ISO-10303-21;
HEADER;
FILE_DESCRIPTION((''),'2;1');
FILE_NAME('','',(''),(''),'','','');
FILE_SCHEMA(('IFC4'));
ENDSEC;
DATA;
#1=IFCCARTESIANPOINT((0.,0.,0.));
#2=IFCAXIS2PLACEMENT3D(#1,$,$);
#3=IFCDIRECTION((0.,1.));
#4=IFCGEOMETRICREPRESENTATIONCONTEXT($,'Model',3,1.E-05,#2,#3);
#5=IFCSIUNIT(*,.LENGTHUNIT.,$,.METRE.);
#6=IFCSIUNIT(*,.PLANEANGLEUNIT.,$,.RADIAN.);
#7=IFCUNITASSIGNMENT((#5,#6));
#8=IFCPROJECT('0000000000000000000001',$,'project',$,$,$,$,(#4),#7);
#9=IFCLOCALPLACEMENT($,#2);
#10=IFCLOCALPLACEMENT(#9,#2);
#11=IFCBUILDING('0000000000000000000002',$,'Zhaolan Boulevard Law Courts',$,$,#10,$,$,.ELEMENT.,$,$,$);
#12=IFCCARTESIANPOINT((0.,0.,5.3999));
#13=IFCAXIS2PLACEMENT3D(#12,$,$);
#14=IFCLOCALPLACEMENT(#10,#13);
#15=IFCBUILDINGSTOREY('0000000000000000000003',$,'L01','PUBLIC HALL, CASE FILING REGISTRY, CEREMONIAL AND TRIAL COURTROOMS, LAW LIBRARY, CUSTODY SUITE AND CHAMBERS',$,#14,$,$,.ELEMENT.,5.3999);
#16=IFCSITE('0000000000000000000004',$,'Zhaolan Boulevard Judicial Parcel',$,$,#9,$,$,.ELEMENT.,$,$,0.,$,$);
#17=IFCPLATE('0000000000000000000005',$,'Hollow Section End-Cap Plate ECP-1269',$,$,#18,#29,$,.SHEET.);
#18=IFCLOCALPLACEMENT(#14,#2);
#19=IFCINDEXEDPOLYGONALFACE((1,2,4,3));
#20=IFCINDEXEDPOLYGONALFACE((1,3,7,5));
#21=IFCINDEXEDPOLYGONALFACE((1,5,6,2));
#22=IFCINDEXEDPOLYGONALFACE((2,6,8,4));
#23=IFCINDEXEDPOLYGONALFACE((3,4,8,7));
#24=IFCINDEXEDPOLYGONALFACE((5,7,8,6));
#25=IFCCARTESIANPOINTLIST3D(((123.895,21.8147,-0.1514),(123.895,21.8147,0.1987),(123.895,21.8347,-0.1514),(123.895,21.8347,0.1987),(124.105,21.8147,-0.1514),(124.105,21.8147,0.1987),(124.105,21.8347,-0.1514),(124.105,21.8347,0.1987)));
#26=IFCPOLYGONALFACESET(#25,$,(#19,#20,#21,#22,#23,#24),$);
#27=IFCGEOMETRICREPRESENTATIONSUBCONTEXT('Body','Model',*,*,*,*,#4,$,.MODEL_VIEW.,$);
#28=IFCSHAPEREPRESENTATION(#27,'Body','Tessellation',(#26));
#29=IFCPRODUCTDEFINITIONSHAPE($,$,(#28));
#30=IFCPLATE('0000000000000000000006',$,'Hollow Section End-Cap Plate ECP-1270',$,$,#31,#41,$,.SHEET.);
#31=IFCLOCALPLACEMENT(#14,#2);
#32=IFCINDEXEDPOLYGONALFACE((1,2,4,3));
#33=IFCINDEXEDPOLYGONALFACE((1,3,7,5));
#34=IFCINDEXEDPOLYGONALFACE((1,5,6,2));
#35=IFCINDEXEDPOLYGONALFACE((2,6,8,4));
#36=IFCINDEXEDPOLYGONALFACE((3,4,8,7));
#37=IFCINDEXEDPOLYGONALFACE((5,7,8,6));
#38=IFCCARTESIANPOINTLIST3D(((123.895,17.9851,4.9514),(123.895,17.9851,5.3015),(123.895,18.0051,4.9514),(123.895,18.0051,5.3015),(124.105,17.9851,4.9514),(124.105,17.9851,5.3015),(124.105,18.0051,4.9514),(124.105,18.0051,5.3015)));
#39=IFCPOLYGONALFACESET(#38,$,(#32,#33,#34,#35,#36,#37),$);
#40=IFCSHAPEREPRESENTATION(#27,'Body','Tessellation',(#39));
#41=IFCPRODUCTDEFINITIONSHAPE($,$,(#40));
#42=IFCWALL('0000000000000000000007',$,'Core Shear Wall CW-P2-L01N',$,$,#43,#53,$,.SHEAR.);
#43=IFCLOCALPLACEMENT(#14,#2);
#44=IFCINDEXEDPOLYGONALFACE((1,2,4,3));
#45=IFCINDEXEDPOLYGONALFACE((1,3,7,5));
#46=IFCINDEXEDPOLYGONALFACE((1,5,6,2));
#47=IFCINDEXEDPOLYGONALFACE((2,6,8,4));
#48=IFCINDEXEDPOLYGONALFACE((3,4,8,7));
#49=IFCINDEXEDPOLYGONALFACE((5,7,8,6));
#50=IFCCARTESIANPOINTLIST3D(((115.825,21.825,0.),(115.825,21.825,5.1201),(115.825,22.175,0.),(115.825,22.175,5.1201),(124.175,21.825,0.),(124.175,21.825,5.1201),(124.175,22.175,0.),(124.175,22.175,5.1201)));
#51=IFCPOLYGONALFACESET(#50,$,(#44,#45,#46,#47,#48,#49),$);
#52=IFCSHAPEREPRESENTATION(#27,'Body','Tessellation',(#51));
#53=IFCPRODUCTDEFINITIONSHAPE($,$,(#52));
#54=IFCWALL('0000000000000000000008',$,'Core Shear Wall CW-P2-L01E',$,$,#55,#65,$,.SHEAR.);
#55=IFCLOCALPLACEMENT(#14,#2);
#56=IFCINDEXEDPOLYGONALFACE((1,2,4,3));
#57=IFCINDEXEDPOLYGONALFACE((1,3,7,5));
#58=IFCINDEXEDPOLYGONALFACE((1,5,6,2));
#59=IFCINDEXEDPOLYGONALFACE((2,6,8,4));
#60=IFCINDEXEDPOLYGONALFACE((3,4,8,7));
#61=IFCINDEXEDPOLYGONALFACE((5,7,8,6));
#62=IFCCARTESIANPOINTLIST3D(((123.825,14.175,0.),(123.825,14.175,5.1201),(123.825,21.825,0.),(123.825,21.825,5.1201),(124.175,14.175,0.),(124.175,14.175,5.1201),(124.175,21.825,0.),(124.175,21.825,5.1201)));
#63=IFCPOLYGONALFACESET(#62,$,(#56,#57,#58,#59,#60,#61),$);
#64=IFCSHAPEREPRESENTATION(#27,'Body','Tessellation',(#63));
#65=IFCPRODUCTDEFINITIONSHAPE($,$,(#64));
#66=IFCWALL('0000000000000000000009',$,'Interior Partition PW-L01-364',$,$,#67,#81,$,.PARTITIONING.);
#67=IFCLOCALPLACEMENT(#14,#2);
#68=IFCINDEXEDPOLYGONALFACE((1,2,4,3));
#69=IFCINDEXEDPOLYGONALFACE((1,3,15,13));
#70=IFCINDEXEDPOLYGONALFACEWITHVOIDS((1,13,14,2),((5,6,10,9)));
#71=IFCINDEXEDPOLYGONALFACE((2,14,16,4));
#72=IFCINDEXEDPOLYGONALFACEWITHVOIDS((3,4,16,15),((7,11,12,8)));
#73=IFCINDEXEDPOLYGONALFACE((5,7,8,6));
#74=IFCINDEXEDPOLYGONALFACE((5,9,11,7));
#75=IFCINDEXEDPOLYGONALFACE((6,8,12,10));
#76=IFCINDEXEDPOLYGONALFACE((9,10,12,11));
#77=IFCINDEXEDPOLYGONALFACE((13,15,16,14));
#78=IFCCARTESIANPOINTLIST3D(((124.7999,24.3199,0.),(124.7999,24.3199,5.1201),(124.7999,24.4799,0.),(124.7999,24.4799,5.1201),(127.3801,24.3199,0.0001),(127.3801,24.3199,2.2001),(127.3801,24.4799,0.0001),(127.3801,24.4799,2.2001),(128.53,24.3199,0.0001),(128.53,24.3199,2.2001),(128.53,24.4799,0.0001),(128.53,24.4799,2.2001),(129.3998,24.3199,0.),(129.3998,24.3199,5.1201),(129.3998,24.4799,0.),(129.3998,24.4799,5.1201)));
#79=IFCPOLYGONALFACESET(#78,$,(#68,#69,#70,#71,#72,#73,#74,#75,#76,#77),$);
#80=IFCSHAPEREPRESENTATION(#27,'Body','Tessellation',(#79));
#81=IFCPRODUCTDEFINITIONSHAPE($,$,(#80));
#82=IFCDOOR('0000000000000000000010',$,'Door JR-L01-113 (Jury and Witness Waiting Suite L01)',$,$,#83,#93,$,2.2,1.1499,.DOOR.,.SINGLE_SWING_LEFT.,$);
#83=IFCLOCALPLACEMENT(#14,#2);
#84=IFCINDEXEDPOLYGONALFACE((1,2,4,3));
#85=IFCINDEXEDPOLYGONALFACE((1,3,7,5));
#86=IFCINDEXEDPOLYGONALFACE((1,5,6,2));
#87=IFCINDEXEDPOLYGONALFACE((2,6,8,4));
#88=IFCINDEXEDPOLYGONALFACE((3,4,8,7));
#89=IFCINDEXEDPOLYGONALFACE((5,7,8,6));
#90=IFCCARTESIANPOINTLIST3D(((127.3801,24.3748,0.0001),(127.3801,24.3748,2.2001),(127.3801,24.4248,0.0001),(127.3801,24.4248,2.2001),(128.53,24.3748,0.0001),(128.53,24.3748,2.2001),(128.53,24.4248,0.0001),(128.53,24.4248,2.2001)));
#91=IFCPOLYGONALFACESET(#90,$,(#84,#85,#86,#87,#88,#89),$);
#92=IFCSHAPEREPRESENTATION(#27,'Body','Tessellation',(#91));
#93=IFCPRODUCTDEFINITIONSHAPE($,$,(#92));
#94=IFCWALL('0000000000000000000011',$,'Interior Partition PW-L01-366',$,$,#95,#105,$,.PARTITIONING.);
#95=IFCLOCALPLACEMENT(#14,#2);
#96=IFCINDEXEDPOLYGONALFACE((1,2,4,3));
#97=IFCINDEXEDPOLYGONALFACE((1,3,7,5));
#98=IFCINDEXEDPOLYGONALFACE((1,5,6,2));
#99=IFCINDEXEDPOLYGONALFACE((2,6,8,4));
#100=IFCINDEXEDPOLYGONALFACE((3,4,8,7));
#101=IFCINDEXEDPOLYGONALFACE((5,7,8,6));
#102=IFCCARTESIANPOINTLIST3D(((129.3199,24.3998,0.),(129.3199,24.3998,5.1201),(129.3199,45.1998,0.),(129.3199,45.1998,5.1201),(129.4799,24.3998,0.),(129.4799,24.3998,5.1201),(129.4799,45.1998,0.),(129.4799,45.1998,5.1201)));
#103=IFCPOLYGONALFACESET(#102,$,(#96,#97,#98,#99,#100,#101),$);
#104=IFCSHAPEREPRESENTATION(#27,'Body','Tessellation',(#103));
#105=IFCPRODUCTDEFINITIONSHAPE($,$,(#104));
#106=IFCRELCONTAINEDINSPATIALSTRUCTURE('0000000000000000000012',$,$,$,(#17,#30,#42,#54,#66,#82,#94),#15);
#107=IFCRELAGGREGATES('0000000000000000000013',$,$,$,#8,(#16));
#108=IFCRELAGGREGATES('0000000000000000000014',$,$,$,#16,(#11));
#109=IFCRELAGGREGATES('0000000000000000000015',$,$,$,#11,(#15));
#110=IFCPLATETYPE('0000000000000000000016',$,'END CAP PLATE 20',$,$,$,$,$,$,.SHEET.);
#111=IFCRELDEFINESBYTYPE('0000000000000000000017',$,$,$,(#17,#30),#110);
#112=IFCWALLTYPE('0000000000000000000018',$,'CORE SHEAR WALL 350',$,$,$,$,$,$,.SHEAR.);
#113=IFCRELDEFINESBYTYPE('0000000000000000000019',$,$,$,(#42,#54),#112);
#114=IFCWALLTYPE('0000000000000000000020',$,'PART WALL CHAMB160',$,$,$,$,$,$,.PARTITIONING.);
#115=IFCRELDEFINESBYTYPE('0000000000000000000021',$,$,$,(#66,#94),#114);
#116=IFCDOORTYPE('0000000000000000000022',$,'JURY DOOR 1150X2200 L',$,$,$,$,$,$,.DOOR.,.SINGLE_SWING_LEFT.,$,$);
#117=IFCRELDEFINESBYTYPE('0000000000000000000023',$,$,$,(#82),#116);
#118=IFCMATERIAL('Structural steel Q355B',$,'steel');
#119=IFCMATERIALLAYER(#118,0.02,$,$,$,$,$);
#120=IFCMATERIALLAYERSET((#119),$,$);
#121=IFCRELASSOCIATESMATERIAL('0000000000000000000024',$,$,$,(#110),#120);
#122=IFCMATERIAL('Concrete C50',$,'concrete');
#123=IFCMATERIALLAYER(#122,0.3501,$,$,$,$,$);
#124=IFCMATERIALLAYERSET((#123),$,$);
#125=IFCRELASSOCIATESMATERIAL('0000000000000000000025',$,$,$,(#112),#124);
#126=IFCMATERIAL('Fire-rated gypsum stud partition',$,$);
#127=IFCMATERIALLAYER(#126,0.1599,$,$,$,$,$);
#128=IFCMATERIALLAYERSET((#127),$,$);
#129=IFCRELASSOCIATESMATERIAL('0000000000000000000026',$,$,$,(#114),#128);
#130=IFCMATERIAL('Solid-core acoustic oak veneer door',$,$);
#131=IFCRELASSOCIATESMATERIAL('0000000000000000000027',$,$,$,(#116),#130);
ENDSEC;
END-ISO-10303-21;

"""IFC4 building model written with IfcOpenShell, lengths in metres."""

from ifc_helpers import new_model, si_unit, direction, frame, frame_2d, origin, origin_2d, place, context, subcontext, project, spatial, rectangle, extrude, material, layer, layer_set, type_object, element, fill, save


model = new_model("IFC4")

# Units and contexts
model_context = context("Model", 3, precision=1e-05, world=origin(), true_north=direction((0.0, 1.0)))
body_context = subcontext(model_context, "Body", "Model", "MODEL_VIEW")
ifc_project = project(units=[si_unit("LENGTHUNIT", "METRE"), si_unit("PLANEANGLEUNIT", "RADIAN")], contexts=[model_context])

# Site, building, storey
site_placement = place(None, origin())
site = spatial("IfcSite", under=ifc_project, at=site_placement, Name="Zhaolan Boulevard Judicial Parcel", CompositionType="ELEMENT", RefElevation=0.0)
building_placement = place(site_placement, origin())
building = spatial("IfcBuilding", under=site, at=building_placement, Name="Zhaolan Boulevard Law Courts", CompositionType="ELEMENT")
storey_placement = place(building_placement, frame((0.0, 0.0, 5.3999)))
storey = spatial("IfcBuildingStorey", under=building, at=storey_placement, Name="L01", Description="PUBLIC HALL, CASE FILING REGISTRY, CEREMONIAL AND TRIAL COURTROOMS, LAW LIBRARY, CUSTODY SUITE AND CHAMBERS", CompositionType="ELEMENT", Elevation=5.3999)

# Plates
ifc_material_1 = material(Name="Structural steel Q355B", Category="steel")
ifc_layer_1 = layer(ifc_material_1, 0.02)
ifc_layer_set_1 = layer_set([ifc_layer_1])
plate_type_1 = type_object("IfcPlateType", Name="END CAP PLATE 20", PredefinedType="SHEET", material=ifc_layer_set_1)
for number, where, z_axis, x_axis, name in (
    (1, (124.0, 21.8247, -0.1514), (0.0, 0.0, 1.0), (0.0, -1.0, 0.0), "Hollow Section End-Cap Plate ECP-1269"),
    (2, (124.0, 17.9951, 4.9514), (0.0, 0.0, 1.0), (0.0, -1.0, 0.0), "Hollow Section End-Cap Plate ECP-1270"),
):
    element("IfcPlate", number, at=place(storey_placement, frame(where, z_axis=z_axis, x_axis=x_axis)), inside=storey, type_object=plate_type_1, Name=name, PredefinedType="SHEET", context=body_context, shape_type="SweptSolid", body=[
        extrude(rectangle(XDim=0.02, YDim=0.21, at=origin_2d()), origin(), (0.0, 0.0, 1.0), 0.3501),
    ])

# Walls
ifc_material_2 = material(Name="Concrete C50", Category="concrete")
ifc_layer_2 = layer(ifc_material_2, 0.3501)
ifc_layer_set_2 = layer_set([ifc_layer_2])
wall_type_1 = type_object("IfcWallType", Name="CORE SHEAR WALL 350", PredefinedType="SHEAR", material=ifc_layer_set_2)
wall_1_placement = place(storey_placement, frame((124.175, 22.0, 0.0), z_axis=(0.0, 0.0, 1.0), x_axis=(-1.0, 0.0, 0.0)))
element("IfcWall", 3, at=wall_1_placement, inside=storey, type_object=wall_type_1, Name="Core Shear Wall CW-P2-L01N", PredefinedType="SHEAR", context=body_context, shape_type="SweptSolid", body=[
    extrude(rectangle(XDim=8.3501, YDim=0.3501, at=frame_2d((4.175, 0.0))), origin(), (0.0, 0.0, 1.0), 5.1201),
])
wall_2_placement = place(storey_placement, frame((124.0, 14.175, 0.0), z_axis=(0.0, 0.0, 1.0), x_axis=(0.0, 1.0, 0.0)))
element("IfcWall", 4, at=wall_2_placement, inside=storey, type_object=wall_type_1, Name="Core Shear Wall CW-P2-L01E", PredefinedType="SHEAR", context=body_context, shape_type="SweptSolid", body=[
    extrude(rectangle(XDim=7.6499, YDim=0.3501, at=frame_2d((3.825, 0.0))), origin(), (0.0, 0.0, 1.0), 5.1201),
])

# Wall, opening, door
ifc_material_3 = material(Name="Fire-rated gypsum stud partition")
ifc_layer_3 = layer(ifc_material_3, 0.1599)
ifc_layer_set_3 = layer_set([ifc_layer_3])
wall_type_2 = type_object("IfcWallType", Name="PART WALL CHAMB160", PredefinedType="PARTITIONING", material=ifc_layer_set_3)
wall_3_placement = place(storey_placement, frame((124.8, 24.3999, 0.0), z_axis=(0.0, 0.0, 1.0), x_axis=(1.0, 0.0, 0.0)))
wall_3 = element("IfcWall", 5, at=wall_3_placement, inside=storey, type_object=wall_type_2, Name="Interior Partition PW-L01-364", PredefinedType="PARTITIONING", context=body_context, shape_type="SweptSolid", body=[
    extrude(rectangle(XDim=4.5999, YDim=0.1599, at=frame_2d((2.2998, 0.0))), origin(), (0.0, 0.0, 1.0), 5.1201),
])
opening_placement = place(wall_3_placement, frame((2.5801, 0.0, 0.0)))
opening = element("IfcOpeningElement", 6, at=opening_placement, cuts=wall_3, PredefinedType="OPENING", context=body_context, shape_type="SweptSolid", body=[
    extrude(rectangle(XDim=1.1499, YDim=2.2, at=frame_2d((0.575, 1.1001))), frame((0.0, 0.0898, 0.0), z_axis=(0.0, -1.0, 0.0), x_axis=(1.0, 0.0, 0.0)), (0.0, 0.0, 1.0), 0.1799),
])
ifc_material_4 = material(Name="Solid-core acoustic oak veneer door")
door_type = type_object("IfcDoorType", Name="JURY DOOR 1150X2200 L", OperationType="SINGLE_SWING_LEFT", PredefinedType="DOOR", material=ifc_material_4)
door_placement = place(opening_placement, origin())
door = element("IfcDoor", 7, at=door_placement, inside=storey, type_object=door_type, Name="Door JR-L01-113 (Jury and Witness Waiting Suite L01)", OperationType="SINGLE_SWING_LEFT", OverallHeight=2.2, OverallWidth=1.1499, PredefinedType="DOOR", context=body_context, shape_type="SweptSolid", body=[
    extrude(rectangle(XDim=1.1499, YDim=2.2, at=frame_2d((0.575, 1.1001))), frame((0.0, 0.0249, 0.0), z_axis=(0.0, -1.0, 0.0), x_axis=(1.0, 0.0, 0.0)), (0.0, 0.0, 1.0), 0.05),
])
fill(opening, door)

# Wall
wall_4_placement = place(storey_placement, frame((129.3999, 24.3999, 0.0), z_axis=(0.0, 0.0, 1.0), x_axis=(0.0, 1.0, 0.0)))
element("IfcWall", 8, at=wall_4_placement, inside=storey, type_object=wall_type_2, Name="Interior Partition PW-L01-366", PredefinedType="PARTITIONING", context=body_context, shape_type="SweptSolid", body=[
    extrude(rectangle(XDim=20.8, YDim=0.1599, at=frame_2d((10.3999, 0.0))), origin(), (0.0, 0.0, 1.0), 5.1201),
])

save(model, "model.ifc")
